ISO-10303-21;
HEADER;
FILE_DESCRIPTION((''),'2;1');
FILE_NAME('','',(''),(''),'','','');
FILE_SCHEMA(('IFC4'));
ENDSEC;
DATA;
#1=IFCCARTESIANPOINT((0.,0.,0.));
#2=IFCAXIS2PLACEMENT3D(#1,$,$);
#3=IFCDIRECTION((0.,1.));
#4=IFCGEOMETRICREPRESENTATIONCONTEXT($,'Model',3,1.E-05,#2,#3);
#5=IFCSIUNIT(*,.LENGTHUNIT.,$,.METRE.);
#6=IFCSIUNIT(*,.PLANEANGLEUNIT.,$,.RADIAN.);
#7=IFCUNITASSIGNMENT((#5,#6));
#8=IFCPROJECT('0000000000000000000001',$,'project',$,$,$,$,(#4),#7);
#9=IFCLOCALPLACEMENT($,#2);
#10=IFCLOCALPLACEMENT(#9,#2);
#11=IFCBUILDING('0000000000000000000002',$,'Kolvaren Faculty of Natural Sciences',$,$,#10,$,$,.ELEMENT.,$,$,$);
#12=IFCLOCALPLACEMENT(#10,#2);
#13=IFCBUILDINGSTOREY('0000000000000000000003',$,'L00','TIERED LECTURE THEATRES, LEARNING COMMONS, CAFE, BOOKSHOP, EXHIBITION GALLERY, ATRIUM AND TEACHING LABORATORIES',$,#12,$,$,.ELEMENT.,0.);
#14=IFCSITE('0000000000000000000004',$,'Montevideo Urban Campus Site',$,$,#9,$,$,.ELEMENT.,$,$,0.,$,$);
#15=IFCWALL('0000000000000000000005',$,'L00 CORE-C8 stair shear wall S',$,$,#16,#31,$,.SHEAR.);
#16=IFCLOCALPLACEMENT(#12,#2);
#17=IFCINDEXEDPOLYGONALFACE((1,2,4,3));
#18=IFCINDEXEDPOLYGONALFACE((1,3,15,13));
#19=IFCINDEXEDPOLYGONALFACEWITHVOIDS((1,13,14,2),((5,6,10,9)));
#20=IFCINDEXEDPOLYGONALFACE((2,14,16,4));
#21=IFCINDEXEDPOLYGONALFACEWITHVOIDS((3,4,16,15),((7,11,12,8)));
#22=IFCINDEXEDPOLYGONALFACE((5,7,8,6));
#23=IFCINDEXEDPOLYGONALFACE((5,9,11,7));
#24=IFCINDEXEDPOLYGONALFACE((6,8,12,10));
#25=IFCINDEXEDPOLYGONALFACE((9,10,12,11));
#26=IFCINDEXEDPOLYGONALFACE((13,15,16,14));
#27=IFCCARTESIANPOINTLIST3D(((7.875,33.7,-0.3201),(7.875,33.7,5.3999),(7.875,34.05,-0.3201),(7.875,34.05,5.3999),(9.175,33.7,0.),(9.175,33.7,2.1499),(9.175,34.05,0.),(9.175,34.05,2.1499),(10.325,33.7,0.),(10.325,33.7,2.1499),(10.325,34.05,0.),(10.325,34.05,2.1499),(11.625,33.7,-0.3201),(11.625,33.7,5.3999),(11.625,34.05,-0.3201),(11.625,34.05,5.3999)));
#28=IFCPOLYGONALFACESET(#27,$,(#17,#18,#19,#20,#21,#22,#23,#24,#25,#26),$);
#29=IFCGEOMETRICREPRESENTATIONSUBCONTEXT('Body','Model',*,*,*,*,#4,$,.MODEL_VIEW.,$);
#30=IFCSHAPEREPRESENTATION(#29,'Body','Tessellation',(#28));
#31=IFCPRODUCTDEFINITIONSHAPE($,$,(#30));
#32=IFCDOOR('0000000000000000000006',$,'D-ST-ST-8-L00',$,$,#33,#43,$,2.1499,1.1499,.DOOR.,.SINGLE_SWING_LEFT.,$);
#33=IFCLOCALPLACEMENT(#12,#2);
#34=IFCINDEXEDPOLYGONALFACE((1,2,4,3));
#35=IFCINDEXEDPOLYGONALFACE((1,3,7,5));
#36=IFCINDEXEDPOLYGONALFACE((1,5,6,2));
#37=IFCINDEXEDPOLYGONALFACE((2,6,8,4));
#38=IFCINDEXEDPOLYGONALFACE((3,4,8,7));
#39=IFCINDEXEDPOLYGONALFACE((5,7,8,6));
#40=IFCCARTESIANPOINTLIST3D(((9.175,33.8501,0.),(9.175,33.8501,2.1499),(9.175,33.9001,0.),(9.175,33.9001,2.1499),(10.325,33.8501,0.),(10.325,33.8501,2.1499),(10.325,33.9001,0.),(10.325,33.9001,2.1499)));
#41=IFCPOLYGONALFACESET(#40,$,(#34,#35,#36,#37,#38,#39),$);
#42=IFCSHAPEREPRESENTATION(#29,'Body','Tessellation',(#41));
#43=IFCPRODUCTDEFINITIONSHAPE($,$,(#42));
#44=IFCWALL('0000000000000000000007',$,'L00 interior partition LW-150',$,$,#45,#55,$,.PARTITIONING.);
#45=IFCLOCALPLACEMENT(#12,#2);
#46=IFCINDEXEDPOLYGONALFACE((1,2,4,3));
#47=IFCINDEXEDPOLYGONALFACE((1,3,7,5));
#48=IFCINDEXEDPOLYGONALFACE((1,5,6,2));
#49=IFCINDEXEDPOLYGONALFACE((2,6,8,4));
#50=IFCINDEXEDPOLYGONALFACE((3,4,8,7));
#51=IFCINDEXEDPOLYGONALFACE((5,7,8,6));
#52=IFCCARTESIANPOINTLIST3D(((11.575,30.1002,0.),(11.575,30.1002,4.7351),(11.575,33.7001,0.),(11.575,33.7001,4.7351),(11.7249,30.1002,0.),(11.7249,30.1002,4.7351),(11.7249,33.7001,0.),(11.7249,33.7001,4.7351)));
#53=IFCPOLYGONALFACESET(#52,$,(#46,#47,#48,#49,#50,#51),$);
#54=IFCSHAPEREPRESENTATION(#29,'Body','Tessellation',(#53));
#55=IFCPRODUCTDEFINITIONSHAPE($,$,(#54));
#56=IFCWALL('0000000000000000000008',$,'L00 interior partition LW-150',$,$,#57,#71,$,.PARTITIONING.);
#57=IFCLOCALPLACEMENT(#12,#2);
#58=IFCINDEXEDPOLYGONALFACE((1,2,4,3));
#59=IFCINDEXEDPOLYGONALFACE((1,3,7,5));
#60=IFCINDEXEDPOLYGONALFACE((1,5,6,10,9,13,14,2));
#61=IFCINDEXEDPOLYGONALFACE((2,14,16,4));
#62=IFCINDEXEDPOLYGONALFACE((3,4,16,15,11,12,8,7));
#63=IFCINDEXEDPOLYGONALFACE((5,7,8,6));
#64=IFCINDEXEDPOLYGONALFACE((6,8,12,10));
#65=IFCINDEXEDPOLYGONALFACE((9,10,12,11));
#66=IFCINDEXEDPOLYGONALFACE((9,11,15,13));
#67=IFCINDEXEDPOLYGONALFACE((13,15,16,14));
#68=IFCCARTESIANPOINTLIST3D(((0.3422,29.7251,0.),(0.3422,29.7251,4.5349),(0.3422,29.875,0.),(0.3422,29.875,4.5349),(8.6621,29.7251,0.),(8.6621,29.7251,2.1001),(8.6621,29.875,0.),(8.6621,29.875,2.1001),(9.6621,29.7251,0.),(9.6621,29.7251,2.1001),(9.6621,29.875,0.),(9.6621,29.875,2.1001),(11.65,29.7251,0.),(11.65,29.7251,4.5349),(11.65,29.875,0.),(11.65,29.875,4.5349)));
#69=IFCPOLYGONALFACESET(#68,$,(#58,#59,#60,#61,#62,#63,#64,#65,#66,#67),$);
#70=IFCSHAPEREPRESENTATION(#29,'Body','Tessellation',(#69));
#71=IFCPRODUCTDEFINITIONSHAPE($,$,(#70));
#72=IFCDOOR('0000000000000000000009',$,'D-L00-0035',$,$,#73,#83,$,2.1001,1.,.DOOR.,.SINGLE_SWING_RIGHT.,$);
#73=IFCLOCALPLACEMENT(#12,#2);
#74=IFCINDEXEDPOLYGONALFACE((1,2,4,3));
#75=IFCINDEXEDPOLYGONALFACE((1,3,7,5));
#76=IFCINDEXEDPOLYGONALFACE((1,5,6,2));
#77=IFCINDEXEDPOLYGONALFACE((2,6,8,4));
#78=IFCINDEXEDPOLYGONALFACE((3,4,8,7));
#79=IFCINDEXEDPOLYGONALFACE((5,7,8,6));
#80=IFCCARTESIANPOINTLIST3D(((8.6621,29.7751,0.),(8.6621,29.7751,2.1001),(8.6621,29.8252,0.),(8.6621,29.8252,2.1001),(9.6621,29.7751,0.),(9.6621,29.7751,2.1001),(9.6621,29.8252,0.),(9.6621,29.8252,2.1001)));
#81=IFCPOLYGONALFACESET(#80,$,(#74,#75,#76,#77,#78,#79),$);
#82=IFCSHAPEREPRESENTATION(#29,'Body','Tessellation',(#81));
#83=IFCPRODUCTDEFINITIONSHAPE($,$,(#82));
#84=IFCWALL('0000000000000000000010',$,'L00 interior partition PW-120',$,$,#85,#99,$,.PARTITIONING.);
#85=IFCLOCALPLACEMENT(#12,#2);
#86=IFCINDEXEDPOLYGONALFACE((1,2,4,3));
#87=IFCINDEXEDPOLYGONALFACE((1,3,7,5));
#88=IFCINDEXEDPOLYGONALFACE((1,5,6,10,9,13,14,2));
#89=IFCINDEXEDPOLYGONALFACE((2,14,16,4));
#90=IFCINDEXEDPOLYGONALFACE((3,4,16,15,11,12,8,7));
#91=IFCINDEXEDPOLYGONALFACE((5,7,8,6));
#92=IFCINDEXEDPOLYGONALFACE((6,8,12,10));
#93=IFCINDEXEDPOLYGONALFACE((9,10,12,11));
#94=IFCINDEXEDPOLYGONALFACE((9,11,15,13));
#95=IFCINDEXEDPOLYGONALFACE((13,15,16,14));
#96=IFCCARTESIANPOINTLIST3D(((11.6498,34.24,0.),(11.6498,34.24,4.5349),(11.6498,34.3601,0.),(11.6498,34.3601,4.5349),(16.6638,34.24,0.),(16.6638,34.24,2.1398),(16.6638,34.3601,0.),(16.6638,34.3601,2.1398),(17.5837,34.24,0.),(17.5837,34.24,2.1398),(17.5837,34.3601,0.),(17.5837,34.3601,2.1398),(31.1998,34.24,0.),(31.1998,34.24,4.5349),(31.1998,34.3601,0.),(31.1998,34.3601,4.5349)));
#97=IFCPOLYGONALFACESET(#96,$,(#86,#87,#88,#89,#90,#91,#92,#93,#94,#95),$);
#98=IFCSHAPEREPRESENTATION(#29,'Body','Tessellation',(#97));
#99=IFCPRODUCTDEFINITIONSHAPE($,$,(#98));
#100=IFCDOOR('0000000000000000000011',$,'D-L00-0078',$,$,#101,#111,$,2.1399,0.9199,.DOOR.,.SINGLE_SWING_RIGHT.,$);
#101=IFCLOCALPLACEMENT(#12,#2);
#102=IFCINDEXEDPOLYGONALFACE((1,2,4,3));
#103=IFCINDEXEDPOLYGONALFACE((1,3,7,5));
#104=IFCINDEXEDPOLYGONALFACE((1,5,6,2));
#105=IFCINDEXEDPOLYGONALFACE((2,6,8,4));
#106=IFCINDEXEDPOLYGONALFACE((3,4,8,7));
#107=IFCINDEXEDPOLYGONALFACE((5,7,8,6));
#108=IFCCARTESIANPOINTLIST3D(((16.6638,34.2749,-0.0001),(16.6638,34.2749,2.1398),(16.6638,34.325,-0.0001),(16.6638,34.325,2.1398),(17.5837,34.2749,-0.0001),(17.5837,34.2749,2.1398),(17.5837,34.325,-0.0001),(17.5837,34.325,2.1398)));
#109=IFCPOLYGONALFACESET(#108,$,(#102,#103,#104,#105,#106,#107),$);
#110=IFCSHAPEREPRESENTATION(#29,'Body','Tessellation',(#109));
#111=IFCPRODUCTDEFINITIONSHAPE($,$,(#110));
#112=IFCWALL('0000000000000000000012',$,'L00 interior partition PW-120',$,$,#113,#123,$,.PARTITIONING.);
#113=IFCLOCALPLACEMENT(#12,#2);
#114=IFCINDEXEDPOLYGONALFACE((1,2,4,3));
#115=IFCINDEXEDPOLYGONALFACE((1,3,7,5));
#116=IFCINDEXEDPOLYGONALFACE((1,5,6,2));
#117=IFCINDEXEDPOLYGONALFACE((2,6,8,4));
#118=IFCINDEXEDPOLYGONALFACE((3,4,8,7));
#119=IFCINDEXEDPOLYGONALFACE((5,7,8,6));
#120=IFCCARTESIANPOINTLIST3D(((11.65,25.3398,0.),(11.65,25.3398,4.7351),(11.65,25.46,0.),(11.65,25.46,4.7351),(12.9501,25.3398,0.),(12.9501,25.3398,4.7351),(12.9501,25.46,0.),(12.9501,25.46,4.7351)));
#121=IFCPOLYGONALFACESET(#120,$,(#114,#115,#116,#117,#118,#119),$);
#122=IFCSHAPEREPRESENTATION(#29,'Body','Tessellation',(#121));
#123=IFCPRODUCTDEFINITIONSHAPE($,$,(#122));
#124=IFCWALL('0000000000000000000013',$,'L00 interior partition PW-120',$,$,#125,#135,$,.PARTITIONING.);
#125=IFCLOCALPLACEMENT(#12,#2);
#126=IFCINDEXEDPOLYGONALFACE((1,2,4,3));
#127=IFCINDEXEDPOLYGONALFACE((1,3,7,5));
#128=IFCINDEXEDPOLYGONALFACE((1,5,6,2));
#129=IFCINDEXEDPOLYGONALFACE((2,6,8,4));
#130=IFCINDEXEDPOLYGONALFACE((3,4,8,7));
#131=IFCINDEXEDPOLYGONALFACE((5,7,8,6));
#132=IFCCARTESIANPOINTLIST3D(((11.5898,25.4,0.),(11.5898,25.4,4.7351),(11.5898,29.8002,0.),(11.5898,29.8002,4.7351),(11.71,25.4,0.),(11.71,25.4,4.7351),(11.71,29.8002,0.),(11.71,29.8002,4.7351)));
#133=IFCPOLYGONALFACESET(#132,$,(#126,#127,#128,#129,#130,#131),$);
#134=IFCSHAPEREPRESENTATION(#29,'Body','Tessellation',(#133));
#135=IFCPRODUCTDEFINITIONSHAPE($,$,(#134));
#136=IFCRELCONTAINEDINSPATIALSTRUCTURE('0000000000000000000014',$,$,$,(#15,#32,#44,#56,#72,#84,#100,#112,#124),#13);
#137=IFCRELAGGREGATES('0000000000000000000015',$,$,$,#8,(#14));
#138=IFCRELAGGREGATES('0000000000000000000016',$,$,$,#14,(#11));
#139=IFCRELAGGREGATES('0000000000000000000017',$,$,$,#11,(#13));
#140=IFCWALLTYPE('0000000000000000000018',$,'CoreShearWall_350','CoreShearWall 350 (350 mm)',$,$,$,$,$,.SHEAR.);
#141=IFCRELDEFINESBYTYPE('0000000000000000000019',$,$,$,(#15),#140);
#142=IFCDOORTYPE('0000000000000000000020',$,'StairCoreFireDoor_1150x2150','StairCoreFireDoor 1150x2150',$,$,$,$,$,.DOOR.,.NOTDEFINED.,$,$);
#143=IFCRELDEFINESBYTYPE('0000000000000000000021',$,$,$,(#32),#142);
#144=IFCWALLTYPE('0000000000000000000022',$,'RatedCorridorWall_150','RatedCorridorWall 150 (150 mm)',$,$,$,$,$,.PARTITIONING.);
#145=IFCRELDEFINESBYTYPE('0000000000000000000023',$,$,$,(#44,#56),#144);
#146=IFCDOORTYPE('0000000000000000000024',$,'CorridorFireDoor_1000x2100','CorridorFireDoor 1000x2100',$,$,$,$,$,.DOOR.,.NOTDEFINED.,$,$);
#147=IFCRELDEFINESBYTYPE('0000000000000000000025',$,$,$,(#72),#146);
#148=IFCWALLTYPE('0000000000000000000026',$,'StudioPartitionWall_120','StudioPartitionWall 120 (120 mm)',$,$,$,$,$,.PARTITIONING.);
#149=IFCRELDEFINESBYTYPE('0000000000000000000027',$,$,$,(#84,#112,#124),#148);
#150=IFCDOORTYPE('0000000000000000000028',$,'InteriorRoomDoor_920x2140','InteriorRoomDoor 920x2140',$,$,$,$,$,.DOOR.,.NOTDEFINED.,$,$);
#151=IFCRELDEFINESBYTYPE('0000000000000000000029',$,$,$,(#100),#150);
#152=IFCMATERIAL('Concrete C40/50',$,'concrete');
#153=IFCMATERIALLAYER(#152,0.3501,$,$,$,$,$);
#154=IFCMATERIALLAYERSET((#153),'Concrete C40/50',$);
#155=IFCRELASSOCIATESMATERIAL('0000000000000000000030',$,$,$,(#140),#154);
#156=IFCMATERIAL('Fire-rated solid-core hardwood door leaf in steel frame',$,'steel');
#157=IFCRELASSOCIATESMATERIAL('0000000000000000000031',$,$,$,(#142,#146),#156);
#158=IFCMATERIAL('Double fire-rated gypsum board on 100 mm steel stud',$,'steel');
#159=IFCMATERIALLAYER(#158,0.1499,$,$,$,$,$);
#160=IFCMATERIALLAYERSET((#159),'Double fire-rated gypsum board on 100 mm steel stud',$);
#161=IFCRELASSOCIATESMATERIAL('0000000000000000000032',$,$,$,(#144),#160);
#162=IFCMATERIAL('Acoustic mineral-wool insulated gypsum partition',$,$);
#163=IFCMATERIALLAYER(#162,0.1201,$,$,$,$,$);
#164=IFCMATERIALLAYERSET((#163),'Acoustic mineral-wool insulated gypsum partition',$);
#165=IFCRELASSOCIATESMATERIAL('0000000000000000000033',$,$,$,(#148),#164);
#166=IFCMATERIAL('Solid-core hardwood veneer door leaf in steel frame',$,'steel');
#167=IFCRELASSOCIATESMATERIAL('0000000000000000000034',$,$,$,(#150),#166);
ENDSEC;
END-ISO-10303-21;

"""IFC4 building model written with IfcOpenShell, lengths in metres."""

from ifc_helpers import new_model, si_unit, direction, frame, frame_2d, origin, place, context, subcontext, project, spatial, rectangle, extrude, material, layer, layer_set, type_object, element, fill, save


model = new_model("IFC4")

# Units and contexts
model_context = context("Model", 3, precision=1e-05, world=origin(), true_north=direction((0.0, 1.0)))
body_context = subcontext(model_context, "Body", "Model", "MODEL_VIEW")
ifc_project = project(units=[si_unit("LENGTHUNIT", "METRE"), si_unit("PLANEANGLEUNIT", "RADIAN")], contexts=[model_context])

# Site, building, storey
site_placement = place(None, origin())
site = spatial("IfcSite", under=ifc_project, at=site_placement, Name="Montevideo Urban Campus Site", CompositionType="ELEMENT", RefElevation=0.0)
building_placement = place(site_placement, origin())
building = spatial("IfcBuilding", under=site, at=building_placement, Name="Kolvaren Faculty of Natural Sciences", CompositionType="ELEMENT")
storey_placement = place(building_placement, origin())
storey = spatial("IfcBuildingStorey", under=building, at=storey_placement, Name="L00", Description="TIERED LECTURE THEATRES, LEARNING COMMONS, CAFE, BOOKSHOP, EXHIBITION GALLERY, ATRIUM AND TEACHING LABORATORIES", CompositionType="ELEMENT", Elevation=0.0)

# Shared definitions
ifc_material_1 = material(Name="Concrete C40/50", Category="concrete")

# Wall, opening, door
ifc_layer_1 = layer(ifc_material_1, 0.3501)
ifc_layer_set_1 = layer_set([ifc_layer_1], Name="Concrete C40/50")
wall_type_1 = type_object("IfcWallType", Name="CoreShearWall_350", Description="CoreShearWall 350 (350 mm)", PredefinedType="SHEAR", material=ifc_layer_set_1)
wall_1_placement = place(storey_placement, frame((11.625, 33.875, -0.3201), z_axis=(0.0, 0.0, 1.0), x_axis=(-1.0, 0.0, 0.0)))
wall_1 = element("IfcWall", 1, at=wall_1_placement, inside=storey, type_object=wall_type_1, Name="L00 CORE-C8 stair shear wall S", PredefinedType="SHEAR", context=body_context, shape_type="SweptSolid", body=[
    extrude(rectangle(XDim=3.75, YDim=0.3501, at=frame_2d((1.875, 0.0))), origin(), (0.0, 0.0, 1.0), 5.72),
])
opening_1_placement = place(wall_1_placement, frame((1.3, 0.0, 0.3201)))
opening_1 = element("IfcOpeningElement", 2, at=opening_1_placement, cuts=wall_1, PredefinedType="OPENING", context=body_context, shape_type="SweptSolid", body=[
    extrude(rectangle(XDim=1.1499, YDim=2.1499, at=frame_2d((0.575, 1.075))), frame((0.0, 0.1851, 0.0), z_axis=(0.0, -1.0, 0.0), x_axis=(1.0, 0.0, 0.0)), (0.0, 0.0, 1.0), 0.3701),
])
ifc_material_2 = material(Name="Fire-rated solid-core hardwood door leaf in steel frame", Category="steel")
door_type_1 = type_object("IfcDoorType", Name="StairCoreFireDoor_1150x2150", Description="StairCoreFireDoor 1150x2150", OperationType="NOTDEFINED", PredefinedType="DOOR", material=ifc_material_2)
door_1_placement = place(opening_1_placement, origin())
door_1 = element("IfcDoor", 3, at=door_1_placement, inside=storey, type_object=door_type_1, Name="D-ST-ST-8-L00", OperationType="SINGLE_SWING_LEFT", OverallHeight=2.1499, OverallWidth=1.1499, PredefinedType="DOOR", context=body_context, shape_type="SweptSolid", body=[
    extrude(rectangle(XDim=1.1499, YDim=2.1499, at=frame_2d((0.575, 1.075))), frame((0.0, 0.0249, 0.0), z_axis=(0.0, -1.0, 0.0), x_axis=(1.0, 0.0, 0.0)), (0.0, 0.0, 1.0), 0.05),
])
fill(opening_1, door_1)

# Wall
ifc_material_3 = material(Name="Double fire-rated gypsum board on 100 mm steel stud", Category="steel")
ifc_layer_2 = layer(ifc_material_3, 0.1499)
ifc_layer_set_2 = layer_set([ifc_layer_2], Name="Double fire-rated gypsum board on 100 mm steel stud")
wall_type_2 = type_object("IfcWallType", Name="RatedCorridorWall_150", Description="RatedCorridorWall 150 (150 mm)", PredefinedType="PARTITIONING", material=ifc_layer_set_2)
wall_2_placement = place(storey_placement, frame((11.6499, 33.7, 0.0), z_axis=(0.0, 0.0, 1.0), x_axis=(0.0, -1.0, 0.0)))
element("IfcWall", 4, at=wall_2_placement, inside=storey, type_object=wall_type_2, Name="L00 interior partition LW-150", PredefinedType="PARTITIONING", context=body_context, shape_type="SweptSolid", body=[
    extrude(rectangle(XDim=3.5999, YDim=0.1499, at=frame_2d((1.7998, 0.0))), origin(), (0.0, 0.0, 1.0), 4.7351),
])

# Walls, openings, doors
wall_3_placement = place(storey_placement, frame((11.6499, 29.8, 0.0), z_axis=(0.0, 0.0, 1.0), x_axis=(-1.0, 0.0, 0.0)))
wall_3 = element("IfcWall", 5, at=wall_3_placement, inside=storey, type_object=wall_type_2, Name="L00 interior partition LW-150", PredefinedType="PARTITIONING", context=body_context, shape_type="SweptSolid", body=[
    extrude(rectangle(XDim=11.3079, YDim=0.1499, at=frame_2d((5.6538, 0.0))), origin(), (0.0, 0.0, 1.0), 4.5349),
])
opening_2_placement = place(wall_3_placement, frame((1.9878, 0.0, 0.0)))
opening_2 = element("IfcOpeningElement", 6, at=opening_2_placement, cuts=wall_3, PredefinedType="OPENING", context=body_context, shape_type="SweptSolid", body=[
    extrude(rectangle(XDim=1.0, YDim=2.1001, at=frame_2d((0.5, 1.05))), frame((0.0, 0.085, 0.0), z_axis=(0.0, -1.0, 0.0), x_axis=(1.0, 0.0, 0.0)), (0.0, 0.0, 1.0), 0.1699),
])
door_type_2 = type_object("IfcDoorType", Name="CorridorFireDoor_1000x2100", Description="CorridorFireDoor 1000x2100", OperationType="NOTDEFINED", PredefinedType="DOOR", material=ifc_material_2)
door_2_placement = place(opening_2_placement, origin())
door_2 = element("IfcDoor", 7, at=door_2_placement, inside=storey, type_object=door_type_2, Name="D-L00-0035", OperationType="SINGLE_SWING_RIGHT", OverallHeight=2.1001, OverallWidth=1.0, PredefinedType="DOOR", context=body_context, shape_type="SweptSolid", body=[
    extrude(rectangle(XDim=1.0, YDim=2.1001, at=frame_2d((0.5, 1.05))), frame((0.0, 0.0249, 0.0), z_axis=(0.0, -1.0, 0.0), x_axis=(1.0, 0.0, 0.0)), (0.0, 0.0, 1.0), 0.05),
])
fill(opening_2, door_2)
ifc_material_4 = material(Name="Acoustic mineral-wool insulated gypsum partition")
ifc_layer_3 = layer(ifc_material_4, 0.1201)
ifc_layer_set_3 = layer_set([ifc_layer_3], Name="Acoustic mineral-wool insulated gypsum partition")
wall_type_3 = type_object("IfcWallType", Name="StudioPartitionWall_120", Description="StudioPartitionWall 120 (120 mm)", PredefinedType="PARTITIONING", material=ifc_layer_set_3)
wall_4_placement = place(storey_placement, frame((11.6499, 34.3, 0.0), z_axis=(0.0, 0.0, 1.0), x_axis=(1.0, 0.0, 0.0)))
wall_4 = element("IfcWall", 8, at=wall_4_placement, inside=storey, type_object=wall_type_3, Name="L00 interior partition PW-120", PredefinedType="PARTITIONING", context=body_context, shape_type="SweptSolid", body=[
    extrude(rectangle(XDim=19.55, YDim=0.1201, at=frame_2d((9.7749, 0.0))), origin(), (0.0, 0.0, 1.0), 4.5349),
])
opening_3_placement = place(wall_4_placement, frame((5.0139, 0.0, 0.0)))
opening_3 = element("IfcOpeningElement", 9, at=opening_3_placement, cuts=wall_4, PredefinedType="OPENING", context=body_context, shape_type="SweptSolid", body=[
    extrude(rectangle(XDim=0.9199, YDim=2.1399, at=frame_2d((0.46, 1.0698))), frame((0.0, 0.0701, 0.0), z_axis=(0.0, -1.0, 0.0), x_axis=(1.0, 0.0, 0.0)), (0.0, 0.0, 1.0), 0.1401),
])
ifc_material_5 = material(Name="Solid-core hardwood veneer door leaf in steel frame", Category="steel")
door_type_3 = type_object("IfcDoorType", Name="InteriorRoomDoor_920x2140", Description="InteriorRoomDoor 920x2140", OperationType="NOTDEFINED", PredefinedType="DOOR", material=ifc_material_5)
door_3_placement = place(opening_3_placement, origin())
door_3 = element("IfcDoor", 10, at=door_3_placement, inside=storey, type_object=door_type_3, Name="D-L00-0078", OperationType="SINGLE_SWING_RIGHT", OverallHeight=2.1399, OverallWidth=0.9199, PredefinedType="DOOR", context=body_context, shape_type="SweptSolid", body=[
    extrude(rectangle(XDim=0.9199, YDim=2.1399, at=frame_2d((0.46, 1.0698))), frame((0.0, 0.0249, 0.0), z_axis=(0.0, -1.0, 0.0), x_axis=(1.0, 0.0, 0.0)), (0.0, 0.0, 1.0), 0.05),
])
fill(opening_3, door_3)

# Walls
wall_5_placement = place(storey_placement, frame((12.95, 25.3999, 0.0), z_axis=(0.0, 0.0, 1.0), x_axis=(-1.0, 0.0, 0.0)))
element("IfcWall", 11, at=wall_5_placement, inside=storey, type_object=wall_type_3, Name="L00 interior partition PW-120", PredefinedType="PARTITIONING", context=body_context, shape_type="SweptSolid", body=[
    extrude(rectangle(XDim=1.3, YDim=0.1201, at=frame_2d((0.6499, 0.0))), origin(), (0.0, 0.0, 1.0), 4.7351),
])
wall_6_placement = place(storey_placement, frame((11.6499, 25.3999, 0.0), z_axis=(0.0, 0.0, 1.0), x_axis=(0.0, 1.0, 0.0)))
element("IfcWall", 12, at=wall_6_placement, inside=storey, type_object=wall_type_3, Name="L00 interior partition PW-120", PredefinedType="PARTITIONING", context=body_context, shape_type="SweptSolid", body=[
    extrude(rectangle(XDim=4.4001, YDim=0.1201, at=frame_2d((2.2002, 0.0))), origin(), (0.0, 0.0, 1.0), 4.7351),
])

save(model, "model.ifc")
